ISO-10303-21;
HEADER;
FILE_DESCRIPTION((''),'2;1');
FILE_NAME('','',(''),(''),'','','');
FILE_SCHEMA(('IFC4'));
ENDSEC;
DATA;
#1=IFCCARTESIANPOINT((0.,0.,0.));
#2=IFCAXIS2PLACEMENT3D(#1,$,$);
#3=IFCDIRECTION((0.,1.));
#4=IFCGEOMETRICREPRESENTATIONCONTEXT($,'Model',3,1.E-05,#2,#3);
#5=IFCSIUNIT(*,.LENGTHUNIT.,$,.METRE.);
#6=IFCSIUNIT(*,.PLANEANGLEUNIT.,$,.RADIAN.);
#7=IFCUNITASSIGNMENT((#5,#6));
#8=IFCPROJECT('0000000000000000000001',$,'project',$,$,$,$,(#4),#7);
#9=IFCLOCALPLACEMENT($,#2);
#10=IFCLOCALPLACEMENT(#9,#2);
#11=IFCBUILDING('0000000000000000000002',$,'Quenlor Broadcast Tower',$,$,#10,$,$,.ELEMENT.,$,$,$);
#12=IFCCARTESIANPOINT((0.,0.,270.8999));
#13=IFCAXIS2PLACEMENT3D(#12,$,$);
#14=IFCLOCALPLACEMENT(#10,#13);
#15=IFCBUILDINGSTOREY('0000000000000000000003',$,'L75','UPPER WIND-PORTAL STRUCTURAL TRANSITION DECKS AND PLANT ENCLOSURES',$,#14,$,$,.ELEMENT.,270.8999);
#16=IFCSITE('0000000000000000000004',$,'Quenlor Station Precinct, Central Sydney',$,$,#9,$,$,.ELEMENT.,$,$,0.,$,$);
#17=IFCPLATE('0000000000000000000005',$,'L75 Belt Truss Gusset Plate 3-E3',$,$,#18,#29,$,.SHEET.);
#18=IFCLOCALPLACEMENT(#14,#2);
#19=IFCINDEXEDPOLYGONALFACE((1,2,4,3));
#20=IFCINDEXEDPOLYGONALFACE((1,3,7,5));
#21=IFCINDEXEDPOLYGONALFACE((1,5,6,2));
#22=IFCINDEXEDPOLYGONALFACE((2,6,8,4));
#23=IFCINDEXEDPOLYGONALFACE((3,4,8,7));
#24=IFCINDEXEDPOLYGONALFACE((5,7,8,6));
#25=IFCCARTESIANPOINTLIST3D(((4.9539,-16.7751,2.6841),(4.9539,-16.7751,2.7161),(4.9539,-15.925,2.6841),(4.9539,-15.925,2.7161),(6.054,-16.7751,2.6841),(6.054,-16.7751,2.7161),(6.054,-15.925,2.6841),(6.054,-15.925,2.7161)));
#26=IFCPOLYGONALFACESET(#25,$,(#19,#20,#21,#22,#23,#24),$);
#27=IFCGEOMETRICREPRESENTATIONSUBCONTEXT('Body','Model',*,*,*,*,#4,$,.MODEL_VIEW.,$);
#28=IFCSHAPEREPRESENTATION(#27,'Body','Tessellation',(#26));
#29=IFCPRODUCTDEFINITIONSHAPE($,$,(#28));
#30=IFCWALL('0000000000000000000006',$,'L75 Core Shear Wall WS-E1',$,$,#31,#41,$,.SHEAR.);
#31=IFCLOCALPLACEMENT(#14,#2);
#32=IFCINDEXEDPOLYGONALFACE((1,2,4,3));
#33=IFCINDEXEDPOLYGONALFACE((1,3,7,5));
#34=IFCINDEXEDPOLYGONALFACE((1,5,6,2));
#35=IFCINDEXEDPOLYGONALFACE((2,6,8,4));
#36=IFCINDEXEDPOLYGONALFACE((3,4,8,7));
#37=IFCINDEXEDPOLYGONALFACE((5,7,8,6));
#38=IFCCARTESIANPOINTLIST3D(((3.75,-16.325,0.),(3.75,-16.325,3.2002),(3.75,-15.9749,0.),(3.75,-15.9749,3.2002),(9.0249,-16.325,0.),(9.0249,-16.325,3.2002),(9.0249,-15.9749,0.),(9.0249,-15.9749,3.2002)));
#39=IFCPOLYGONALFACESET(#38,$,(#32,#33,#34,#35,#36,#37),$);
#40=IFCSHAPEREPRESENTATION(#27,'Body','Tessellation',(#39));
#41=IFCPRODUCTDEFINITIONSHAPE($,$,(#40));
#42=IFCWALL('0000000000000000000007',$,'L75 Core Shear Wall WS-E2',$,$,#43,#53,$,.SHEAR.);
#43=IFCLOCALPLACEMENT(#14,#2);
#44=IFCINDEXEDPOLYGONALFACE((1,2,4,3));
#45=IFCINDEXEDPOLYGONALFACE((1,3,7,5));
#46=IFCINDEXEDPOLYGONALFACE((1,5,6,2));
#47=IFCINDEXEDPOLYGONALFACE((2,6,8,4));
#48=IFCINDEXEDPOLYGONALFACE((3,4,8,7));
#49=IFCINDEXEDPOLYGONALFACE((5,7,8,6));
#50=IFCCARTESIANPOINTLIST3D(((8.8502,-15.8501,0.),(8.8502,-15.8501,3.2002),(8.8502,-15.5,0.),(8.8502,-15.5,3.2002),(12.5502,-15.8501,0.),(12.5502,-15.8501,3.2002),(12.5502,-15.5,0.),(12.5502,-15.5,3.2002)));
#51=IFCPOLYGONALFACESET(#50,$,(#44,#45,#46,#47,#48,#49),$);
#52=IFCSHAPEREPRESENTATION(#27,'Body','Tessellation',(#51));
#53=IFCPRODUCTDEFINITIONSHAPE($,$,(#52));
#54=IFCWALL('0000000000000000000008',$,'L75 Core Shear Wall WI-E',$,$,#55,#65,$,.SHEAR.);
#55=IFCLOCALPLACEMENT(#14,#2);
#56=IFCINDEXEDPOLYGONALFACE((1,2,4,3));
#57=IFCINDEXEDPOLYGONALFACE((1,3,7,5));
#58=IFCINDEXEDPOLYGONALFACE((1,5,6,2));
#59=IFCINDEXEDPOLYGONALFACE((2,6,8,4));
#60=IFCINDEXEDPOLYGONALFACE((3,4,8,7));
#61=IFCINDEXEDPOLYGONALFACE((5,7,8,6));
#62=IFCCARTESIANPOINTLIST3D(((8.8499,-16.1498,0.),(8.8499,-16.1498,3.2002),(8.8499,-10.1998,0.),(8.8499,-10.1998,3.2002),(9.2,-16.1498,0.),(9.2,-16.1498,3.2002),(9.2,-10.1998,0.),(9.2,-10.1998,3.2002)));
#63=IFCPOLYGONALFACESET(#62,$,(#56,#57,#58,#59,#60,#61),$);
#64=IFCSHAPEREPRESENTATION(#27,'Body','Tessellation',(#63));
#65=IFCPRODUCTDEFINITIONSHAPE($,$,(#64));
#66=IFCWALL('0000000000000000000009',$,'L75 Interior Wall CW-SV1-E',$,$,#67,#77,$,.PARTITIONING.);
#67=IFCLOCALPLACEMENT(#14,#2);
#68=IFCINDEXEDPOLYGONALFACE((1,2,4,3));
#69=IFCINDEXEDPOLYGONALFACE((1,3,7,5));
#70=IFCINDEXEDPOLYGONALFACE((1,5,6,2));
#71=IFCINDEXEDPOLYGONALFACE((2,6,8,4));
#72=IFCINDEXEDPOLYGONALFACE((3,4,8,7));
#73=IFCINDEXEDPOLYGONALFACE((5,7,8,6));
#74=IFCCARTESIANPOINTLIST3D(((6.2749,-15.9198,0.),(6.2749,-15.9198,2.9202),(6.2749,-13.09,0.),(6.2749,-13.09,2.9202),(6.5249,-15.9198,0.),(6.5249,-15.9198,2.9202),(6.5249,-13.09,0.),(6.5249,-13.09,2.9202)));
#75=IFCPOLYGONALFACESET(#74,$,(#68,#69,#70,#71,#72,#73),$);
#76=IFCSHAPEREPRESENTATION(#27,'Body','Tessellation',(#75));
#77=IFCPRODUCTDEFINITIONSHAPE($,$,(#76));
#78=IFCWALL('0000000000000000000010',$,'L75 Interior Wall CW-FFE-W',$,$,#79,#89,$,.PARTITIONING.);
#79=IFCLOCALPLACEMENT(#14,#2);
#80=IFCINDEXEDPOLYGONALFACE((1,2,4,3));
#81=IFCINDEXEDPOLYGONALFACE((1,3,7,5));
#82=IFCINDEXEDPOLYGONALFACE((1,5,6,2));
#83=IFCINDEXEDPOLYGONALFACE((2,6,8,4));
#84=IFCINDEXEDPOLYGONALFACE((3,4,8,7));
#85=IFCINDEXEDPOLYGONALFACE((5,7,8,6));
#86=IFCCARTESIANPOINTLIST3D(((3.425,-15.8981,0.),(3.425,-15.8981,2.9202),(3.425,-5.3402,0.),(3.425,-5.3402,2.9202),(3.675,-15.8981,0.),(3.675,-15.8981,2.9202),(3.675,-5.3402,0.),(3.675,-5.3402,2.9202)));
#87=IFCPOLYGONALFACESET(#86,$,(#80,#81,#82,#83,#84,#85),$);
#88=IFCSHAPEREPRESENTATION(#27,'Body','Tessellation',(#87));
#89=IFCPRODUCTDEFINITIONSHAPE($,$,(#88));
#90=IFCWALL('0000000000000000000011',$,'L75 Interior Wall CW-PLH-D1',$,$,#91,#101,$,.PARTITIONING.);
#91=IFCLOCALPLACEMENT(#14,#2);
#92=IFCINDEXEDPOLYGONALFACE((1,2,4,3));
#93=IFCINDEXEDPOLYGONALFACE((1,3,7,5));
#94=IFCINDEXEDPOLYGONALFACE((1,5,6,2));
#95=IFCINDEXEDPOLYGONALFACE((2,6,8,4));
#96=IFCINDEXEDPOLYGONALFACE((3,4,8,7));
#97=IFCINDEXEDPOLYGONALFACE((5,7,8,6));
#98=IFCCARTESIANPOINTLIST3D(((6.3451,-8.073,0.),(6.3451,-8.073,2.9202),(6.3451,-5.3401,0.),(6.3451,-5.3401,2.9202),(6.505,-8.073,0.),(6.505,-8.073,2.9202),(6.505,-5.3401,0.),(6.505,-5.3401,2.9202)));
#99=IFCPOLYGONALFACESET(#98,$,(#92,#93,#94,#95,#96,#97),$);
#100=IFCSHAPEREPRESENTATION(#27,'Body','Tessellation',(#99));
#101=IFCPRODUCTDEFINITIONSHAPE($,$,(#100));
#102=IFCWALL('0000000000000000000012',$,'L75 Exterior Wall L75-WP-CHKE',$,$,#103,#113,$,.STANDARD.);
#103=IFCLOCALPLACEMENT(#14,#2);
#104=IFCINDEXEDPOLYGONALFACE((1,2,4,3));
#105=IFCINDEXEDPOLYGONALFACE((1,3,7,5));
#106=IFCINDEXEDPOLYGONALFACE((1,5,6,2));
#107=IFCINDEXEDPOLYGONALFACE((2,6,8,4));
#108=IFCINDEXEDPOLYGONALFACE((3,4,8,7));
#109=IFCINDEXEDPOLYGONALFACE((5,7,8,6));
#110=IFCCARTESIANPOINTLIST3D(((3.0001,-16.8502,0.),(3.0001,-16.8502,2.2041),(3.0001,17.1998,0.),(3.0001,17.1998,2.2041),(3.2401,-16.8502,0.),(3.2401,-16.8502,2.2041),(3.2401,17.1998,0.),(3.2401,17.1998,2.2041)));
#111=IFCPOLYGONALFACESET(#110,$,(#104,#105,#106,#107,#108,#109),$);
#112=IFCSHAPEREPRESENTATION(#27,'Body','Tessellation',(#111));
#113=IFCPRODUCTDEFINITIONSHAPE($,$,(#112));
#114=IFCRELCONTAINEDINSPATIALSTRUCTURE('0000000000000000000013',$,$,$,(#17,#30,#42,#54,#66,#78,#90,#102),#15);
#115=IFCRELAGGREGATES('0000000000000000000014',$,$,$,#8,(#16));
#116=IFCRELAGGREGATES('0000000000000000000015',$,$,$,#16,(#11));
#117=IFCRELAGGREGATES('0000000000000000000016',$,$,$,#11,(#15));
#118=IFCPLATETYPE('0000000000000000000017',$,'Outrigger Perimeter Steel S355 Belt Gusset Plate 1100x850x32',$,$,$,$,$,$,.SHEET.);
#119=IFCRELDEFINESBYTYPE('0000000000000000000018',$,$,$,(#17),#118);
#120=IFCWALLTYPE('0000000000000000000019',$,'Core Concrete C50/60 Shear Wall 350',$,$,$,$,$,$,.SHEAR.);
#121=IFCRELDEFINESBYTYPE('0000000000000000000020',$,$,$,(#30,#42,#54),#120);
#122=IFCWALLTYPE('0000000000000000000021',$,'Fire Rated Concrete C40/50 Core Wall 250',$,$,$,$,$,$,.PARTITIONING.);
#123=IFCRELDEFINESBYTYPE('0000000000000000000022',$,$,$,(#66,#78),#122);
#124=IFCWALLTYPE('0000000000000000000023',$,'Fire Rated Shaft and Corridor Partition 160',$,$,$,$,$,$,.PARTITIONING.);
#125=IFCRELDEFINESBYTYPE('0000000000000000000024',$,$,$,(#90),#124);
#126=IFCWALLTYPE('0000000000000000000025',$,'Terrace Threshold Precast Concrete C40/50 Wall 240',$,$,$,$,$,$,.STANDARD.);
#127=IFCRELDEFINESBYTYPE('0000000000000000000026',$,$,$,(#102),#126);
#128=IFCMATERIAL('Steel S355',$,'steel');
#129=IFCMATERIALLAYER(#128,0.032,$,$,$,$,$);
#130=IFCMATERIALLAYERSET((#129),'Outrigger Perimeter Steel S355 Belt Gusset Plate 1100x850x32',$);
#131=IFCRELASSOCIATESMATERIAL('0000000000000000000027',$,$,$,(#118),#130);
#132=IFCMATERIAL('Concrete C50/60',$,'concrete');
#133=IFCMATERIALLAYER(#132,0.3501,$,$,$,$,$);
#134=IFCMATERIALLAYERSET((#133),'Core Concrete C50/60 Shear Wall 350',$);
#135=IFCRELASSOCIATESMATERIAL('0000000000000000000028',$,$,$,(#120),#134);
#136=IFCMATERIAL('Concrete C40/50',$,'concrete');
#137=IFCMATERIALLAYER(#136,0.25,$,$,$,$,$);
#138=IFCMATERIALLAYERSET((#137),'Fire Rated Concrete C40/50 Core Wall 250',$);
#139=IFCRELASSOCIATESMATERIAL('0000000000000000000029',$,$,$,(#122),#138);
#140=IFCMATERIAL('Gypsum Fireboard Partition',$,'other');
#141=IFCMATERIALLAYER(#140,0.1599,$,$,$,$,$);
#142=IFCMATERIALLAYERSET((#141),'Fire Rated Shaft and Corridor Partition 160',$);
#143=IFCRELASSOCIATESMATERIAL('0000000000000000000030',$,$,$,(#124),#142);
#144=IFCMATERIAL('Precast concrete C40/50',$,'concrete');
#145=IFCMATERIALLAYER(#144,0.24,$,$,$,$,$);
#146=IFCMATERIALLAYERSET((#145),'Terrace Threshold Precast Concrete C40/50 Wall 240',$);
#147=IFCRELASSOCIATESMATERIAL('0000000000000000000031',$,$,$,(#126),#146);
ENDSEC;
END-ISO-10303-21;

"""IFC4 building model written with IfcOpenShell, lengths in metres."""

from ifc_helpers import new_model, si_unit, direction, frame, frame_2d, origin, origin_2d, place, context, subcontext, project, spatial, rectangle, extrude, material, layer, layer_set, type_object, element, save


model = new_model("IFC4")

# Units and contexts
model_context = context("Model", 3, precision=1e-05, world=origin(), true_north=direction((0.0, 1.0)))
body_context = subcontext(model_context, "Body", "Model", "MODEL_VIEW")
ifc_project = project(units=[si_unit("LENGTHUNIT", "METRE"), si_unit("PLANEANGLEUNIT", "RADIAN")], contexts=[model_context])

# Site, building, storey
site_placement = place(None, origin())
site = spatial("IfcSite", under=ifc_project, at=site_placement, Name="Quenlor Station Precinct, Central Sydney", CompositionType="ELEMENT", RefElevation=0.0)
building_placement = place(site_placement, origin())
building = spatial("IfcBuilding", under=site, at=building_placement, Name="Quenlor Broadcast Tower", CompositionType="ELEMENT")
storey_placement = place(building_placement, frame((0.0, 0.0, 270.8999)))
storey = spatial("IfcBuildingStorey", under=building, at=storey_placement, Name="L75", Description="UPPER WIND-PORTAL STRUCTURAL TRANSITION DECKS AND PLANT ENCLOSURES", CompositionType="ELEMENT", Elevation=270.8999)

# Plate
ifc_material_1 = material(Name="Steel S355", Category="steel")
ifc_layer_1 = layer(ifc_material_1, 0.032)
ifc_layer_set_1 = layer_set([ifc_layer_1], Name="Outrigger Perimeter Steel S355 Belt Gusset Plate 1100x850x32")
plate_type = type_object("IfcPlateType", Name="Outrigger Perimeter Steel S355 Belt Gusset Plate 1100x850x32", PredefinedType="SHEET", material=ifc_layer_set_1)
for number, where, z_axis, x_axis, name in (
    (1, (5.5039, -16.3501, 2.6841), (0.0, 0.0, 1.0), (1.0, 0.0, 0.0), "L75 Belt Truss Gusset Plate 3-E3"),
):
    element("IfcPlate", number, at=place(storey_placement, frame(where, z_axis=z_axis, x_axis=x_axis)), inside=storey, type_object=plate_type, Name=name, PredefinedType="SHEET", context=body_context, shape_type="SweptSolid", body=[
        extrude(rectangle(XDim=1.1001, YDim=0.8501, at=origin_2d()), origin(), (0.0, 0.0, 1.0), 0.032),
    ])

# Walls
ifc_material_2 = material(Name="Concrete C50/60", Category="concrete")
ifc_layer_2 = layer(ifc_material_2, 0.3501)
ifc_layer_set_2 = layer_set([ifc_layer_2], Name="Core Concrete C50/60 Shear Wall 350")
wall_type_1 = type_object("IfcWallType", Name="Core Concrete C50/60 Shear Wall 350", PredefinedType="SHEAR", material=ifc_layer_set_2)
wall_1_placement = place(storey_placement, frame((3.75, -16.1499, 0.0), z_axis=(0.0, 0.0, 1.0), x_axis=(1.0, 0.0, 0.0)))
element("IfcWall", 2, at=wall_1_placement, inside=storey, type_object=wall_type_1, Name="L75 Core Shear Wall WS-E1", PredefinedType="SHEAR", context=body_context, shape_type="SweptSolid", body=[
    extrude(rectangle(XDim=5.2749, YDim=0.3501, at=frame_2d((2.6375, 0.0))), origin(), (0.0, 0.0, 1.0), 3.2002),
])
wall_2_placement = place(storey_placement, frame((8.8501, -15.675, 0.0), z_axis=(0.0, 0.0, 1.0), x_axis=(1.0, 0.0, 0.0)))
element("IfcWall", 3, at=wall_2_placement, inside=storey, type_object=wall_type_1, Name="L75 Core Shear Wall WS-E2", PredefinedType="SHEAR", context=body_context, shape_type="SweptSolid", body=[
    extrude(rectangle(XDim=3.7, YDim=0.3501, at=frame_2d((1.8501, 0.0))), origin(), (0.0, 0.0, 1.0), 3.2002),
])
wall_3_placement = place(storey_placement, frame((9.0249, -16.1499, 0.0), z_axis=(0.0, 0.0, 1.0), x_axis=(0.0, 1.0, 0.0)))
element("IfcWall", 4, at=wall_3_placement, inside=storey, type_object=wall_type_1, Name="L75 Core Shear Wall WI-E", PredefinedType="SHEAR", context=body_context, shape_type="SweptSolid", body=[
    extrude(rectangle(XDim=5.95, YDim=0.3501, at=frame_2d((2.9751, 0.0))), origin(), (0.0, 0.0, 1.0), 3.2002),
])

# Shared definitions
ifc_material_3 = material(Name="Concrete C40/50", Category="concrete")
ifc_layer_3 = layer(ifc_material_3, 0.25)
ifc_layer_set_3 = layer_set([ifc_layer_3], Name="Fire Rated Concrete C40/50 Core Wall 250")
wall_type_2 = type_object("IfcWallType", Name="Fire Rated Concrete C40/50 Core Wall 250", PredefinedType="PARTITIONING", material=ifc_layer_set_3)

# Wall
wall_4_placement = place(storey_placement, frame((6.3999, -15.9199, 0.0), z_axis=(0.0, 0.0, 1.0), x_axis=(0.0, 1.0, 0.0)))
element("IfcWall", 5, at=wall_4_placement, inside=storey, type_object=wall_type_2, Name="L75 Interior Wall CW-SV1-E", PredefinedType="PARTITIONING", context=body_context, shape_type="SweptSolid", body=[
    extrude(rectangle(XDim=2.8298, YDim=0.25, at=frame_2d((1.415, 0.0))), origin(), (0.0, 0.0, 1.0), 2.9202),
])

# Walls
wall_5_placement = place(storey_placement, frame((3.55, -15.8979, 0.0), z_axis=(0.0, 0.0, 1.0), x_axis=(0.0, 1.0, 0.0)))
element("IfcWall", 6, at=wall_5_placement, inside=storey, type_object=wall_type_2, Name="L75 Interior Wall CW-FFE-W", PredefinedType="PARTITIONING", context=body_context, shape_type="SweptSolid", body=[
    extrude(rectangle(XDim=10.5579, YDim=0.25, at=frame_2d((5.2788, 0.0))), origin(), (0.0, 0.0, 1.0), 2.9202),
])
ifc_material_4 = material(Name="Gypsum Fireboard Partition", Category="other")
ifc_layer_4 = layer(ifc_material_4, 0.1599)
ifc_layer_set_4 = layer_set([ifc_layer_4], Name="Fire Rated Shaft and Corridor Partition 160")
wall_type_3 = type_object("IfcWallType", Name="Fire Rated Shaft and Corridor Partition 160", PredefinedType="PARTITIONING", material=ifc_layer_set_4)
wall_6_placement = place(storey_placement, frame((6.425, -8.073, 0.0), z_axis=(0.0, 0.0, 1.0), x_axis=(0.0, 1.0, 0.0)))
element("IfcWall", 7, at=wall_6_placement, inside=storey, type_object=wall_type_3, Name="L75 Interior Wall CW-PLH-D1", PredefinedType="PARTITIONING", context=body_context, shape_type="SweptSolid", body=[
    extrude(rectangle(XDim=2.7329, YDim=0.1599, at=frame_2d((1.3665, 0.0))), origin(), (0.0, 0.0, 1.0), 2.9202),
])
ifc_material_5 = material(Name="Precast concrete C40/50", Category="concrete")
ifc_layer_5 = layer(ifc_material_5, 0.24)
ifc_layer_set_5 = layer_set([ifc_layer_5], Name="Terrace Threshold Precast Concrete C40/50 Wall 240")
wall_type_4 = type_object("IfcWallType", Name="Terrace Threshold Precast Concrete C40/50 Wall 240", PredefinedType="STANDARD", material=ifc_layer_set_5)
wall_7_placement = place(storey_placement, frame((3.1201, -16.8501, 0.0), z_axis=(0.0, 0.0, 1.0), x_axis=(0.0, 1.0, 0.0)))
element("IfcWall", 8, at=wall_7_placement, inside=storey, type_object=wall_type_4, Name="L75 Exterior Wall L75-WP-CHKE", PredefinedType="STANDARD", context=body_context, shape_type="SweptSolid", body=[
    extrude(rectangle(XDim=34.05, YDim=0.24, at=frame_2d((17.0249, 0.0))), origin(), (0.0, 0.0, 1.0), 2.2041),
])

save(model, "model.ifc")
